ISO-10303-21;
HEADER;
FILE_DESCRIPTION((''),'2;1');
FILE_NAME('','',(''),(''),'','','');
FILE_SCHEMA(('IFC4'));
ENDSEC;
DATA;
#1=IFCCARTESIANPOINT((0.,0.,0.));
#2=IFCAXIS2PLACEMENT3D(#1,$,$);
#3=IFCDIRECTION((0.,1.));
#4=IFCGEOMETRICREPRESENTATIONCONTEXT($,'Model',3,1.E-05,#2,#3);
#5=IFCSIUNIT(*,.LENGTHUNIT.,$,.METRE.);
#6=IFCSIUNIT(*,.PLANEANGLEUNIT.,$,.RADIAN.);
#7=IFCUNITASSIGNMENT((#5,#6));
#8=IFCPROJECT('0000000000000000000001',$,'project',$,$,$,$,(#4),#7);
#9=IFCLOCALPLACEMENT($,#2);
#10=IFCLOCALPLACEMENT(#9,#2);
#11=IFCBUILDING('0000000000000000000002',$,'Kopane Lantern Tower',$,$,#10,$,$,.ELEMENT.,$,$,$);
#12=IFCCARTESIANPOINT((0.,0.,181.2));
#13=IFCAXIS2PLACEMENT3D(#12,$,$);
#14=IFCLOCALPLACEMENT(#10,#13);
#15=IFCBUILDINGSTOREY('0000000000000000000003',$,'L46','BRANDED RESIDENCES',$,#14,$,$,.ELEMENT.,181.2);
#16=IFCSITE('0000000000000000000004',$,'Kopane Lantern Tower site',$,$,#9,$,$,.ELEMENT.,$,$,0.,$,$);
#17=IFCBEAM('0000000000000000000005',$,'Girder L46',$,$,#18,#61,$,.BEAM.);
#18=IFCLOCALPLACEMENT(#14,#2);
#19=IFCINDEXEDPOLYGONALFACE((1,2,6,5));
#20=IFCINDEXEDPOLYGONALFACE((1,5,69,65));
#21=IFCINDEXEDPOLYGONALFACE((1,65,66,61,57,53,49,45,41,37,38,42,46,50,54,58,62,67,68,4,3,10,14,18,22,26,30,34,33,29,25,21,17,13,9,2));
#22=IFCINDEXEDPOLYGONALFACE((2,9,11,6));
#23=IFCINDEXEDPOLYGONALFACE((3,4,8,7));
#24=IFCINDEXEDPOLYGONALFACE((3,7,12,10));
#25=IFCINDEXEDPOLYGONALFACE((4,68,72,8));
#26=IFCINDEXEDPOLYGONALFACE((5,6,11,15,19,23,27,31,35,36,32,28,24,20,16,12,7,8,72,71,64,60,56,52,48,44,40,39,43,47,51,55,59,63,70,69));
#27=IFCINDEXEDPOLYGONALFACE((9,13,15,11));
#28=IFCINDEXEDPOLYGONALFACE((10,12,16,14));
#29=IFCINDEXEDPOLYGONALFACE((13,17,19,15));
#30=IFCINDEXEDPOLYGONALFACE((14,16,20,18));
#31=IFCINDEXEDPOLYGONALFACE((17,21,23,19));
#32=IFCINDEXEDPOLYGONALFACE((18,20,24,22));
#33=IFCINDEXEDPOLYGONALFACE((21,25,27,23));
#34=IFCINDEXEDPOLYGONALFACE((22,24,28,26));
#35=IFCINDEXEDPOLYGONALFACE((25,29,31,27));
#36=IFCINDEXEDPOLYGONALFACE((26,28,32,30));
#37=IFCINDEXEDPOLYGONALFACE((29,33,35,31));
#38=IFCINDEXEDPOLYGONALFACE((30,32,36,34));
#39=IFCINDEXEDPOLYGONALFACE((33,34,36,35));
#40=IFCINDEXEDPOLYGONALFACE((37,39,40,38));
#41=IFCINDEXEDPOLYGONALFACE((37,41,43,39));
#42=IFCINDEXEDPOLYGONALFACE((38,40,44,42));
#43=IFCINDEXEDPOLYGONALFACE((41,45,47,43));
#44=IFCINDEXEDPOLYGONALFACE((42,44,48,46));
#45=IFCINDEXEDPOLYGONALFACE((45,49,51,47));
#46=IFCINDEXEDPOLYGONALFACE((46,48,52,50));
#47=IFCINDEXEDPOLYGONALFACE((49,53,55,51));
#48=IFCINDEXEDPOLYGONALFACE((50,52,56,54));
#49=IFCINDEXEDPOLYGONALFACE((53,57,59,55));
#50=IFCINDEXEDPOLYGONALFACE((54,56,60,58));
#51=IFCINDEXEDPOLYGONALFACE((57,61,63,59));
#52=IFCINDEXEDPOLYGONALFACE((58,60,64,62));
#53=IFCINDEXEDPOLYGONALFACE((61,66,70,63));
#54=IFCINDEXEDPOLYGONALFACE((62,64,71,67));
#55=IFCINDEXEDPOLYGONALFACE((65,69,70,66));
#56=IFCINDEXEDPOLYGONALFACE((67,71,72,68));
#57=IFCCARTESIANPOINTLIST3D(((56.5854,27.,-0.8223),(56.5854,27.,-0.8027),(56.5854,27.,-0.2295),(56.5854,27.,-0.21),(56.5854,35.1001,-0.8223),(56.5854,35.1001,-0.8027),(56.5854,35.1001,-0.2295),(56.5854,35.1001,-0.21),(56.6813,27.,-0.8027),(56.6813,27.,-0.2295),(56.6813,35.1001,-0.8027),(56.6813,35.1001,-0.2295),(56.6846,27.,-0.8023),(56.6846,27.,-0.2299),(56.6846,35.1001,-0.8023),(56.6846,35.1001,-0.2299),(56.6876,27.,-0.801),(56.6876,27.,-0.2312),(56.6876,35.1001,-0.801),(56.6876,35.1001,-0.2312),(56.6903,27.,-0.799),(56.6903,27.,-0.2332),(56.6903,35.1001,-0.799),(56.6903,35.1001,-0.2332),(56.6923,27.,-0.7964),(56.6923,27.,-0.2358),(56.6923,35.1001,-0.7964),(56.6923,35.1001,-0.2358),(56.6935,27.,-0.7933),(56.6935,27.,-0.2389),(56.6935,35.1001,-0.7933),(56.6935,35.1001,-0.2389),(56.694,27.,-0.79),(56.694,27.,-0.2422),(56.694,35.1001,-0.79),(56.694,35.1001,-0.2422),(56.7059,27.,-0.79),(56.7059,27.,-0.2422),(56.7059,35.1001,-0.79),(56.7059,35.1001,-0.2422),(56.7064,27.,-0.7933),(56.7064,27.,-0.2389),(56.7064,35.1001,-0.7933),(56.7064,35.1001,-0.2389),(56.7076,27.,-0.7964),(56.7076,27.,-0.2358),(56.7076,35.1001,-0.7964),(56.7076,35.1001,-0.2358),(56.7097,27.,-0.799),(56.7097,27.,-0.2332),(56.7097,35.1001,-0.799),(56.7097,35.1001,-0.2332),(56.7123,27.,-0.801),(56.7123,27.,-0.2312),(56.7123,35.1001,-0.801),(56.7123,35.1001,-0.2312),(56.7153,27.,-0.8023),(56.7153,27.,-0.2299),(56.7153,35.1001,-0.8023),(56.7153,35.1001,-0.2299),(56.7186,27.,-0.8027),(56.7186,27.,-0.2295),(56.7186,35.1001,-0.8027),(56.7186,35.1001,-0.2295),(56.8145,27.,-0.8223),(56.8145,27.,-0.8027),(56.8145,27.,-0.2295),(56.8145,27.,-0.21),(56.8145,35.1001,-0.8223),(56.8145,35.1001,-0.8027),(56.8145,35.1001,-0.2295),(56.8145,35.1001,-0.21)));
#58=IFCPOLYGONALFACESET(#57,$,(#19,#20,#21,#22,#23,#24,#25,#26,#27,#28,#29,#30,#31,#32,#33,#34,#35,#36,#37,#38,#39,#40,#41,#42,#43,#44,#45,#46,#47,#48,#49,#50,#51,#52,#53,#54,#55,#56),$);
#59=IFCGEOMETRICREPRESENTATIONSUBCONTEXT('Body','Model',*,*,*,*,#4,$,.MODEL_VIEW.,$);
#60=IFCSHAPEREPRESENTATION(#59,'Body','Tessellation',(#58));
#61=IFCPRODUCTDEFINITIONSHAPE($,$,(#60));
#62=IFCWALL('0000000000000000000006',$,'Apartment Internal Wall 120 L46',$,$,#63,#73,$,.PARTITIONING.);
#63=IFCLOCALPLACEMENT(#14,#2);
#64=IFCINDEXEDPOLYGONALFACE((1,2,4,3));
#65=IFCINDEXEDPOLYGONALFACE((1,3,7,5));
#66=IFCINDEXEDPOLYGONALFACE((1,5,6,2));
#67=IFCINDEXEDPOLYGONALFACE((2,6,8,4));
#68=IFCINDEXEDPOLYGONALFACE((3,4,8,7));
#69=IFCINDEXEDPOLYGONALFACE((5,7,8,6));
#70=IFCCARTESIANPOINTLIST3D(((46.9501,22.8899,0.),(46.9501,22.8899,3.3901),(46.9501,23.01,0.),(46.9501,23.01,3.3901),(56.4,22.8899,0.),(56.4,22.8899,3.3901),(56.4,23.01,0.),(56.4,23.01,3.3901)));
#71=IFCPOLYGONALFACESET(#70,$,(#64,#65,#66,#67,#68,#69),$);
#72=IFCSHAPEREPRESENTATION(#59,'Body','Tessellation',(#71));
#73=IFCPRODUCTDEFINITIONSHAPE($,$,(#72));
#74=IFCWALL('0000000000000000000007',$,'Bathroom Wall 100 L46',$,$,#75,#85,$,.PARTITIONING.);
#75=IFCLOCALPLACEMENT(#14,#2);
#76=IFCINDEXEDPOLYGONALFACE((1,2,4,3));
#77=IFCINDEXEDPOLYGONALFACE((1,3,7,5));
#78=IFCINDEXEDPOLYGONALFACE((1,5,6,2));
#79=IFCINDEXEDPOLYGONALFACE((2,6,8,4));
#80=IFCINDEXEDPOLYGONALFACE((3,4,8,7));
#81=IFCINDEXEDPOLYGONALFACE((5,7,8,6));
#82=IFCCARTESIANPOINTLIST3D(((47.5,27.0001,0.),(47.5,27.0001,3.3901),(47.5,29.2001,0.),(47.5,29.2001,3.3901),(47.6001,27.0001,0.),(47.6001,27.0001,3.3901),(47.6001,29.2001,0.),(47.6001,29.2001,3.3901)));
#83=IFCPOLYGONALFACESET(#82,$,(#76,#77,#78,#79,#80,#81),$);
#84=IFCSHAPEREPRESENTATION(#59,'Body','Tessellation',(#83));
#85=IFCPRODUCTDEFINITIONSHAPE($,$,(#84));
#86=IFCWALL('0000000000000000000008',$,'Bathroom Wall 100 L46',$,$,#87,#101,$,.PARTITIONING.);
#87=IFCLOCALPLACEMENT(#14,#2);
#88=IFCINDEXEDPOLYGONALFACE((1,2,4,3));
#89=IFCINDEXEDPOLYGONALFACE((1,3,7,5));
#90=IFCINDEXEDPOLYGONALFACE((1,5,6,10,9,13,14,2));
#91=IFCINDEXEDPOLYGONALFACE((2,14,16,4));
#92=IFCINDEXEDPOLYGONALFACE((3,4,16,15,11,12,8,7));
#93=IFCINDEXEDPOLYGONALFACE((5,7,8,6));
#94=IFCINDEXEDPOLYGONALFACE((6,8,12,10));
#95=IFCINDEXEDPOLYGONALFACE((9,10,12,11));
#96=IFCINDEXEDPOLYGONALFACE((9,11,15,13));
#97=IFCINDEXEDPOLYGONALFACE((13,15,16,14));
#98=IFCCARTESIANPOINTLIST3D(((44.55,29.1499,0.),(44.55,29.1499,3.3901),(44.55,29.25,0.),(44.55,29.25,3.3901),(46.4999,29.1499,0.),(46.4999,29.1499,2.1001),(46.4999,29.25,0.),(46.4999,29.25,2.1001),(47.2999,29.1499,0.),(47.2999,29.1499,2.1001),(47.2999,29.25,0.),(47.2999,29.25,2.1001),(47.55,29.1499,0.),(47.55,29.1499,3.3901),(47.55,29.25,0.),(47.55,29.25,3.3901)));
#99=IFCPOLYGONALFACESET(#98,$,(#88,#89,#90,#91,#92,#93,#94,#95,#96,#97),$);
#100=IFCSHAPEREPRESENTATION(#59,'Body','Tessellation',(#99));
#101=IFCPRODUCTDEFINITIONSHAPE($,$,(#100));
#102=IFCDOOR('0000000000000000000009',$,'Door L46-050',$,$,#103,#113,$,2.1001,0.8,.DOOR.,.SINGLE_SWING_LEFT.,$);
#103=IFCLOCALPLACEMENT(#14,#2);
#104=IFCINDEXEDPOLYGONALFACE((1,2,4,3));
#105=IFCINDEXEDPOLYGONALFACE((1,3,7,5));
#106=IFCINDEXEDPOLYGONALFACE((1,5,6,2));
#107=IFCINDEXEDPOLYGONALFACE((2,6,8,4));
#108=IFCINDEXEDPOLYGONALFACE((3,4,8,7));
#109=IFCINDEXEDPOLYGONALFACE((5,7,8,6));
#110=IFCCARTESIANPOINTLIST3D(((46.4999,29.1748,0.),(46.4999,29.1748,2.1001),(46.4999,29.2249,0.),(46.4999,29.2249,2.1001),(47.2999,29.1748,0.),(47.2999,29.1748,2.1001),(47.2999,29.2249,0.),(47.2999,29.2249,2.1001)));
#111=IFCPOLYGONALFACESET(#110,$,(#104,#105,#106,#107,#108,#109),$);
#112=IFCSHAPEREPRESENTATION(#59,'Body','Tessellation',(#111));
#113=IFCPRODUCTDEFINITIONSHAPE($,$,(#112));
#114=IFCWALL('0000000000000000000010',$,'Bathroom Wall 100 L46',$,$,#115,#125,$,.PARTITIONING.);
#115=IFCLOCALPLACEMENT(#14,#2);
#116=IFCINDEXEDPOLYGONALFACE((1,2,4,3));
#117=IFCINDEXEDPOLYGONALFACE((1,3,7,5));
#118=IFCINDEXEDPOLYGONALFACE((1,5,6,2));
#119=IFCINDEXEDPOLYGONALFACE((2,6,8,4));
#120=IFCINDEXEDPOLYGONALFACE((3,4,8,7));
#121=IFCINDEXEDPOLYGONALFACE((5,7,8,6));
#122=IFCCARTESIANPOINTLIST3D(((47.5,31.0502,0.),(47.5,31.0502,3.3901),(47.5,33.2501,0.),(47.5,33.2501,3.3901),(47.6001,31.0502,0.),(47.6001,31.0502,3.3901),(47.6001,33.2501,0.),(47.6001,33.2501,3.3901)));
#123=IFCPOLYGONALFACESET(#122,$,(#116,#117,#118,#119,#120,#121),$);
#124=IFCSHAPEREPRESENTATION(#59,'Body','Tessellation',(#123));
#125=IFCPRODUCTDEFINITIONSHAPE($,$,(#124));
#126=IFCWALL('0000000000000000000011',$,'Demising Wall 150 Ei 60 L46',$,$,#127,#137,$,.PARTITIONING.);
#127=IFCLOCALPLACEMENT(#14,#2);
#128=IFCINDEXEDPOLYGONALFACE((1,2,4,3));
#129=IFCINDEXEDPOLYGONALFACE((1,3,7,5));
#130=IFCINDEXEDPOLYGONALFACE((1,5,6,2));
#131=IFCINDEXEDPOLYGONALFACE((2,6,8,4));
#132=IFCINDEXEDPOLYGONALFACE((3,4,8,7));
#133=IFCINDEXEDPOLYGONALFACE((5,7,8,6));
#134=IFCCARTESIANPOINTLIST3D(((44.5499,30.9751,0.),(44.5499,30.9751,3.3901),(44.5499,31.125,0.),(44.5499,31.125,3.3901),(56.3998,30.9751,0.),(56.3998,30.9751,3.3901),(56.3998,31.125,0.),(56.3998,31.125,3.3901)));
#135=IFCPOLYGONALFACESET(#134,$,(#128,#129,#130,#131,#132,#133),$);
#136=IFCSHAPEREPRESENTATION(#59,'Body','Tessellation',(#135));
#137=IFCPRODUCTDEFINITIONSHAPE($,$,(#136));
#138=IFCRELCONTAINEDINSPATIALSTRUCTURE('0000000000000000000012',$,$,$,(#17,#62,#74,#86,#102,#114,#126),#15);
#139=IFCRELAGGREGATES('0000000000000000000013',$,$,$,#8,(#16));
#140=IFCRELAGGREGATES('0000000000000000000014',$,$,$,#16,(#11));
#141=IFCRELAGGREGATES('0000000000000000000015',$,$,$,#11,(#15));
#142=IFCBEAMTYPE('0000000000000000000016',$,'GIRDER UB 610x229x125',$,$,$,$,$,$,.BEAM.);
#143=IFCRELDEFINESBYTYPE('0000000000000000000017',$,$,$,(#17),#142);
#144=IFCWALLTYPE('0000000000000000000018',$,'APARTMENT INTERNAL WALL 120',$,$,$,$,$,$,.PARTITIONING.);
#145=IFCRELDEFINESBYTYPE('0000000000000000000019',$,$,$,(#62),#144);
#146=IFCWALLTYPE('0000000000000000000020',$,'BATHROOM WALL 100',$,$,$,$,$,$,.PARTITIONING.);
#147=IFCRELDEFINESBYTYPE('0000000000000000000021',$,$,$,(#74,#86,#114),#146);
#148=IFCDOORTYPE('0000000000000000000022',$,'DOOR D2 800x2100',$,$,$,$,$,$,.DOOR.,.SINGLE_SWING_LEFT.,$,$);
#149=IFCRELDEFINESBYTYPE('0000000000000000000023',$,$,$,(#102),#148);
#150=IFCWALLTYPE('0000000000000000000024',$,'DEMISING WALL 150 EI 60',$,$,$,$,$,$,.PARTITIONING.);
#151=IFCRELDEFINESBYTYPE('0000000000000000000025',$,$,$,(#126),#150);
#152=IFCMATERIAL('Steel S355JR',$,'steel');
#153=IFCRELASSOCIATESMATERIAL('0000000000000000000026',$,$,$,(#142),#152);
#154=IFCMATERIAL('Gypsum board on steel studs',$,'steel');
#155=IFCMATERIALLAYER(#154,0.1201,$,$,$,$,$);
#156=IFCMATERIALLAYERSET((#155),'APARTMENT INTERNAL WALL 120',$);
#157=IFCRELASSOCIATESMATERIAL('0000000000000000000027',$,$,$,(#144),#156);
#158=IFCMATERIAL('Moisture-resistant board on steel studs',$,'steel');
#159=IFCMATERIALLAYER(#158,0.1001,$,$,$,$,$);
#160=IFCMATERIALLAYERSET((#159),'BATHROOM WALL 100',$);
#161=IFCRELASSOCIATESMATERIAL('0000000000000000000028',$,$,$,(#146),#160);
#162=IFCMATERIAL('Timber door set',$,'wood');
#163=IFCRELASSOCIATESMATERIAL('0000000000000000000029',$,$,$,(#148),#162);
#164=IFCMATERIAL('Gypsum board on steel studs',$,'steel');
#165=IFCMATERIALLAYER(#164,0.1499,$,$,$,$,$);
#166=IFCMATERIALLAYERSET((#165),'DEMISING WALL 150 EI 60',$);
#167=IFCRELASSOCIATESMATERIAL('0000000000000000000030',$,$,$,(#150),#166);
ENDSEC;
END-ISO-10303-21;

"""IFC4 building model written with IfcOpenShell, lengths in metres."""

from ifc_helpers import new_model, si_unit, direction, frame, frame_2d, origin, origin_2d, place, context, subcontext, project, spatial, rectangle, i_section, extrude, material, layer, layer_set, material_profile, profile_set, type_object, element, fill, save


model = new_model("IFC4")

# Units and contexts
model_context = context("Model", 3, precision=1e-05, world=origin(), true_north=direction((0.0, 1.0)))
body_context = subcontext(model_context, "Body", "Model", "MODEL_VIEW")
ifc_project = project(units=[si_unit("LENGTHUNIT", "METRE"), si_unit("PLANEANGLEUNIT", "RADIAN")], contexts=[model_context])

# Site, building, storey
site_placement = place(None, origin())
site = spatial("IfcSite", under=ifc_project, at=site_placement, Name="Kopane Lantern Tower site", CompositionType="ELEMENT", RefElevation=0.0)
building_placement = place(site_placement, origin())
building = spatial("IfcBuilding", under=site, at=building_placement, Name="Kopane Lantern Tower", CompositionType="ELEMENT")
storey_placement = place(building_placement, frame((0.0, 0.0, 181.2)))
storey = spatial("IfcBuildingStorey", under=building, at=storey_placement, Name="L46", Description="BRANDED RESIDENCES", CompositionType="ELEMENT", Elevation=181.2)

# Beam
ifc_material_1 = material(Name="Steel S355JR", Category="steel")
ifc_material_profile_1 = material_profile(ifc_material_1, i_section(OverallWidth=0.229, OverallDepth=0.6123, WebThickness=0.012, FlangeThickness=0.0195, FilletRadius=0.0127, at=origin_2d()), Name="UB 610x229x125")
ifc_profile_set_1 = profile_set([ifc_material_profile_1], Name="Steel S355JR")
beam_type = type_object("IfcBeamType", Name="GIRDER UB 610x229x125", PredefinedType="BEAM", material=ifc_profile_set_1)
beam_1_placement = place(storey_placement, frame((56.7, 27.0, -0.5161), z_axis=(0.0, 1.0, 0.0), x_axis=(-1.0, 0.0, 0.0)))
element("IfcBeam", 1, at=beam_1_placement, inside=storey, type_object=beam_type, Name="Girder L46", PredefinedType="BEAM", context=body_context, shape_type="SweptSolid", body=[
    extrude(i_section(OverallWidth=0.229, OverallDepth=0.6123, WebThickness=0.012, FlangeThickness=0.0195, FilletRadius=0.0127, at=origin_2d()), origin(), (0.0, 0.0, 1.0), 8.1001),
])

# Walls
ifc_material_2 = material(Name="Gypsum board on steel studs", Category="steel")
ifc_layer_1 = layer(ifc_material_2, 0.1201)
ifc_layer_set_1 = layer_set([ifc_layer_1], Name="APARTMENT INTERNAL WALL 120")
wall_type_1 = type_object("IfcWallType", Name="APARTMENT INTERNAL WALL 120", PredefinedType="PARTITIONING", material=ifc_layer_set_1)
wall_1_placement = place(storey_placement, frame((46.95, 22.95, 0.0), z_axis=(0.0, 0.0, 1.0), x_axis=(1.0, 0.0, 0.0)))
element("IfcWall", 2, at=wall_1_placement, inside=storey, type_object=wall_type_1, Name="Apartment Internal Wall 120 L46", PredefinedType="PARTITIONING", context=body_context, shape_type="SweptSolid", body=[
    extrude(rectangle(XDim=9.45, YDim=0.1201, at=frame_2d((4.7251, 0.0))), origin(), (0.0, 0.0, 1.0), 3.3901),
])
ifc_material_3 = material(Name="Moisture-resistant board on steel studs", Category="steel")
ifc_layer_2 = layer(ifc_material_3, 0.1001)
ifc_layer_set_2 = layer_set([ifc_layer_2], Name="BATHROOM WALL 100")
wall_type_2 = type_object("IfcWallType", Name="BATHROOM WALL 100", PredefinedType="PARTITIONING", material=ifc_layer_set_2)
wall_2_placement = place(storey_placement, frame((47.55, 27.0, 0.0), z_axis=(0.0, 0.0, 1.0), x_axis=(0.0, 1.0, 0.0)))
element("IfcWall", 3, at=wall_2_placement, inside=storey, type_object=wall_type_2, Name="Bathroom Wall 100 L46", PredefinedType="PARTITIONING", context=body_context, shape_type="SweptSolid", body=[
    extrude(rectangle(XDim=2.2, YDim=0.1001, at=frame_2d((1.1001, 0.0))), origin(), (0.0, 0.0, 1.0), 3.3901),
])

# Wall, opening, door
wall_3_placement = place(storey_placement, frame((44.55, 29.2, 0.0), z_axis=(0.0, 0.0, 1.0), x_axis=(1.0, 0.0, 0.0)))
wall_3 = element("IfcWall", 4, at=wall_3_placement, inside=storey, type_object=wall_type_2, Name="Bathroom Wall 100 L46", PredefinedType="PARTITIONING", context=body_context, shape_type="SweptSolid", body=[
    extrude(rectangle(XDim=3.0, YDim=0.1001, at=frame_2d((1.5, 0.0))), origin(), (0.0, 0.0, 1.0), 3.3901),
])
opening_1_placement = place(wall_3_placement, frame((1.95, 0.0, 0.0)))
opening_1 = element("IfcOpeningElement", 5, at=opening_1_placement, cuts=wall_3, PredefinedType="OPENING", context=body_context, shape_type="SweptSolid", body=[
    extrude(rectangle(XDim=0.8, YDim=2.1001, at=frame_2d((0.3999, 1.05))), frame((0.0, 0.0601, 0.0), z_axis=(0.0, -1.0, 0.0), x_axis=(1.0, 0.0, 0.0)), (0.0, 0.0, 1.0), 0.1201),
])
ifc_material_4 = material(Name="Timber door set", Category="wood")
door_type = type_object("IfcDoorType", Name="DOOR D2 800x2100", OperationType="SINGLE_SWING_LEFT", PredefinedType="DOOR", material=ifc_material_4)
door_placement = place(opening_1_placement, origin())
door = element("IfcDoor", 6, at=door_placement, inside=storey, type_object=door_type, Name="Door L46-050", OperationType="SINGLE_SWING_LEFT", OverallHeight=2.1001, OverallWidth=0.8, PredefinedType="DOOR", context=body_context, shape_type="SweptSolid", body=[
    extrude(rectangle(XDim=0.8, YDim=2.1001, at=frame_2d((0.3999, 1.05))), frame((0.0, 0.0249, 0.0), z_axis=(0.0, -1.0, 0.0), x_axis=(1.0, 0.0, 0.0)), (0.0, 0.0, 1.0), 0.05),
])
fill(opening_1, door)

# Walls
wall_4_placement = place(storey_placement, frame((47.55, 31.05, 0.0), z_axis=(0.0, 0.0, 1.0), x_axis=(0.0, 1.0, 0.0)))
element("IfcWall", 7, at=wall_4_placement, inside=storey, type_object=wall_type_2, Name="Bathroom Wall 100 L46", PredefinedType="PARTITIONING", context=body_context, shape_type="SweptSolid", body=[
    extrude(rectangle(XDim=2.2, YDim=0.1001, at=frame_2d((1.1001, 0.0))), origin(), (0.0, 0.0, 1.0), 3.3901),
])
ifc_material_5 = material(Name="Gypsum board on steel studs", Category="steel")
ifc_layer_3 = layer(ifc_material_5, 0.1499)
ifc_layer_set_3 = layer_set([ifc_layer_3], Name="DEMISING WALL 150 EI 60")
wall_type_3 = type_object("IfcWallType", Name="DEMISING WALL 150 EI 60", PredefinedType="PARTITIONING", material=ifc_layer_set_3)
wall_5_placement = place(storey_placement, frame((44.55, 31.05, 0.0), z_axis=(0.0, 0.0, 1.0), x_axis=(1.0, 0.0, 0.0)))
element("IfcWall", 8, at=wall_5_placement, inside=storey, type_object=wall_type_3, Name="Demising Wall 150 Ei 60 L46", PredefinedType="PARTITIONING", context=body_context, shape_type="SweptSolid", body=[
    extrude(rectangle(XDim=11.8499, YDim=0.1499, at=frame_2d((5.9248, 0.0))), origin(), (0.0, 0.0, 1.0), 3.3901),
])

save(model, "model.ifc")
